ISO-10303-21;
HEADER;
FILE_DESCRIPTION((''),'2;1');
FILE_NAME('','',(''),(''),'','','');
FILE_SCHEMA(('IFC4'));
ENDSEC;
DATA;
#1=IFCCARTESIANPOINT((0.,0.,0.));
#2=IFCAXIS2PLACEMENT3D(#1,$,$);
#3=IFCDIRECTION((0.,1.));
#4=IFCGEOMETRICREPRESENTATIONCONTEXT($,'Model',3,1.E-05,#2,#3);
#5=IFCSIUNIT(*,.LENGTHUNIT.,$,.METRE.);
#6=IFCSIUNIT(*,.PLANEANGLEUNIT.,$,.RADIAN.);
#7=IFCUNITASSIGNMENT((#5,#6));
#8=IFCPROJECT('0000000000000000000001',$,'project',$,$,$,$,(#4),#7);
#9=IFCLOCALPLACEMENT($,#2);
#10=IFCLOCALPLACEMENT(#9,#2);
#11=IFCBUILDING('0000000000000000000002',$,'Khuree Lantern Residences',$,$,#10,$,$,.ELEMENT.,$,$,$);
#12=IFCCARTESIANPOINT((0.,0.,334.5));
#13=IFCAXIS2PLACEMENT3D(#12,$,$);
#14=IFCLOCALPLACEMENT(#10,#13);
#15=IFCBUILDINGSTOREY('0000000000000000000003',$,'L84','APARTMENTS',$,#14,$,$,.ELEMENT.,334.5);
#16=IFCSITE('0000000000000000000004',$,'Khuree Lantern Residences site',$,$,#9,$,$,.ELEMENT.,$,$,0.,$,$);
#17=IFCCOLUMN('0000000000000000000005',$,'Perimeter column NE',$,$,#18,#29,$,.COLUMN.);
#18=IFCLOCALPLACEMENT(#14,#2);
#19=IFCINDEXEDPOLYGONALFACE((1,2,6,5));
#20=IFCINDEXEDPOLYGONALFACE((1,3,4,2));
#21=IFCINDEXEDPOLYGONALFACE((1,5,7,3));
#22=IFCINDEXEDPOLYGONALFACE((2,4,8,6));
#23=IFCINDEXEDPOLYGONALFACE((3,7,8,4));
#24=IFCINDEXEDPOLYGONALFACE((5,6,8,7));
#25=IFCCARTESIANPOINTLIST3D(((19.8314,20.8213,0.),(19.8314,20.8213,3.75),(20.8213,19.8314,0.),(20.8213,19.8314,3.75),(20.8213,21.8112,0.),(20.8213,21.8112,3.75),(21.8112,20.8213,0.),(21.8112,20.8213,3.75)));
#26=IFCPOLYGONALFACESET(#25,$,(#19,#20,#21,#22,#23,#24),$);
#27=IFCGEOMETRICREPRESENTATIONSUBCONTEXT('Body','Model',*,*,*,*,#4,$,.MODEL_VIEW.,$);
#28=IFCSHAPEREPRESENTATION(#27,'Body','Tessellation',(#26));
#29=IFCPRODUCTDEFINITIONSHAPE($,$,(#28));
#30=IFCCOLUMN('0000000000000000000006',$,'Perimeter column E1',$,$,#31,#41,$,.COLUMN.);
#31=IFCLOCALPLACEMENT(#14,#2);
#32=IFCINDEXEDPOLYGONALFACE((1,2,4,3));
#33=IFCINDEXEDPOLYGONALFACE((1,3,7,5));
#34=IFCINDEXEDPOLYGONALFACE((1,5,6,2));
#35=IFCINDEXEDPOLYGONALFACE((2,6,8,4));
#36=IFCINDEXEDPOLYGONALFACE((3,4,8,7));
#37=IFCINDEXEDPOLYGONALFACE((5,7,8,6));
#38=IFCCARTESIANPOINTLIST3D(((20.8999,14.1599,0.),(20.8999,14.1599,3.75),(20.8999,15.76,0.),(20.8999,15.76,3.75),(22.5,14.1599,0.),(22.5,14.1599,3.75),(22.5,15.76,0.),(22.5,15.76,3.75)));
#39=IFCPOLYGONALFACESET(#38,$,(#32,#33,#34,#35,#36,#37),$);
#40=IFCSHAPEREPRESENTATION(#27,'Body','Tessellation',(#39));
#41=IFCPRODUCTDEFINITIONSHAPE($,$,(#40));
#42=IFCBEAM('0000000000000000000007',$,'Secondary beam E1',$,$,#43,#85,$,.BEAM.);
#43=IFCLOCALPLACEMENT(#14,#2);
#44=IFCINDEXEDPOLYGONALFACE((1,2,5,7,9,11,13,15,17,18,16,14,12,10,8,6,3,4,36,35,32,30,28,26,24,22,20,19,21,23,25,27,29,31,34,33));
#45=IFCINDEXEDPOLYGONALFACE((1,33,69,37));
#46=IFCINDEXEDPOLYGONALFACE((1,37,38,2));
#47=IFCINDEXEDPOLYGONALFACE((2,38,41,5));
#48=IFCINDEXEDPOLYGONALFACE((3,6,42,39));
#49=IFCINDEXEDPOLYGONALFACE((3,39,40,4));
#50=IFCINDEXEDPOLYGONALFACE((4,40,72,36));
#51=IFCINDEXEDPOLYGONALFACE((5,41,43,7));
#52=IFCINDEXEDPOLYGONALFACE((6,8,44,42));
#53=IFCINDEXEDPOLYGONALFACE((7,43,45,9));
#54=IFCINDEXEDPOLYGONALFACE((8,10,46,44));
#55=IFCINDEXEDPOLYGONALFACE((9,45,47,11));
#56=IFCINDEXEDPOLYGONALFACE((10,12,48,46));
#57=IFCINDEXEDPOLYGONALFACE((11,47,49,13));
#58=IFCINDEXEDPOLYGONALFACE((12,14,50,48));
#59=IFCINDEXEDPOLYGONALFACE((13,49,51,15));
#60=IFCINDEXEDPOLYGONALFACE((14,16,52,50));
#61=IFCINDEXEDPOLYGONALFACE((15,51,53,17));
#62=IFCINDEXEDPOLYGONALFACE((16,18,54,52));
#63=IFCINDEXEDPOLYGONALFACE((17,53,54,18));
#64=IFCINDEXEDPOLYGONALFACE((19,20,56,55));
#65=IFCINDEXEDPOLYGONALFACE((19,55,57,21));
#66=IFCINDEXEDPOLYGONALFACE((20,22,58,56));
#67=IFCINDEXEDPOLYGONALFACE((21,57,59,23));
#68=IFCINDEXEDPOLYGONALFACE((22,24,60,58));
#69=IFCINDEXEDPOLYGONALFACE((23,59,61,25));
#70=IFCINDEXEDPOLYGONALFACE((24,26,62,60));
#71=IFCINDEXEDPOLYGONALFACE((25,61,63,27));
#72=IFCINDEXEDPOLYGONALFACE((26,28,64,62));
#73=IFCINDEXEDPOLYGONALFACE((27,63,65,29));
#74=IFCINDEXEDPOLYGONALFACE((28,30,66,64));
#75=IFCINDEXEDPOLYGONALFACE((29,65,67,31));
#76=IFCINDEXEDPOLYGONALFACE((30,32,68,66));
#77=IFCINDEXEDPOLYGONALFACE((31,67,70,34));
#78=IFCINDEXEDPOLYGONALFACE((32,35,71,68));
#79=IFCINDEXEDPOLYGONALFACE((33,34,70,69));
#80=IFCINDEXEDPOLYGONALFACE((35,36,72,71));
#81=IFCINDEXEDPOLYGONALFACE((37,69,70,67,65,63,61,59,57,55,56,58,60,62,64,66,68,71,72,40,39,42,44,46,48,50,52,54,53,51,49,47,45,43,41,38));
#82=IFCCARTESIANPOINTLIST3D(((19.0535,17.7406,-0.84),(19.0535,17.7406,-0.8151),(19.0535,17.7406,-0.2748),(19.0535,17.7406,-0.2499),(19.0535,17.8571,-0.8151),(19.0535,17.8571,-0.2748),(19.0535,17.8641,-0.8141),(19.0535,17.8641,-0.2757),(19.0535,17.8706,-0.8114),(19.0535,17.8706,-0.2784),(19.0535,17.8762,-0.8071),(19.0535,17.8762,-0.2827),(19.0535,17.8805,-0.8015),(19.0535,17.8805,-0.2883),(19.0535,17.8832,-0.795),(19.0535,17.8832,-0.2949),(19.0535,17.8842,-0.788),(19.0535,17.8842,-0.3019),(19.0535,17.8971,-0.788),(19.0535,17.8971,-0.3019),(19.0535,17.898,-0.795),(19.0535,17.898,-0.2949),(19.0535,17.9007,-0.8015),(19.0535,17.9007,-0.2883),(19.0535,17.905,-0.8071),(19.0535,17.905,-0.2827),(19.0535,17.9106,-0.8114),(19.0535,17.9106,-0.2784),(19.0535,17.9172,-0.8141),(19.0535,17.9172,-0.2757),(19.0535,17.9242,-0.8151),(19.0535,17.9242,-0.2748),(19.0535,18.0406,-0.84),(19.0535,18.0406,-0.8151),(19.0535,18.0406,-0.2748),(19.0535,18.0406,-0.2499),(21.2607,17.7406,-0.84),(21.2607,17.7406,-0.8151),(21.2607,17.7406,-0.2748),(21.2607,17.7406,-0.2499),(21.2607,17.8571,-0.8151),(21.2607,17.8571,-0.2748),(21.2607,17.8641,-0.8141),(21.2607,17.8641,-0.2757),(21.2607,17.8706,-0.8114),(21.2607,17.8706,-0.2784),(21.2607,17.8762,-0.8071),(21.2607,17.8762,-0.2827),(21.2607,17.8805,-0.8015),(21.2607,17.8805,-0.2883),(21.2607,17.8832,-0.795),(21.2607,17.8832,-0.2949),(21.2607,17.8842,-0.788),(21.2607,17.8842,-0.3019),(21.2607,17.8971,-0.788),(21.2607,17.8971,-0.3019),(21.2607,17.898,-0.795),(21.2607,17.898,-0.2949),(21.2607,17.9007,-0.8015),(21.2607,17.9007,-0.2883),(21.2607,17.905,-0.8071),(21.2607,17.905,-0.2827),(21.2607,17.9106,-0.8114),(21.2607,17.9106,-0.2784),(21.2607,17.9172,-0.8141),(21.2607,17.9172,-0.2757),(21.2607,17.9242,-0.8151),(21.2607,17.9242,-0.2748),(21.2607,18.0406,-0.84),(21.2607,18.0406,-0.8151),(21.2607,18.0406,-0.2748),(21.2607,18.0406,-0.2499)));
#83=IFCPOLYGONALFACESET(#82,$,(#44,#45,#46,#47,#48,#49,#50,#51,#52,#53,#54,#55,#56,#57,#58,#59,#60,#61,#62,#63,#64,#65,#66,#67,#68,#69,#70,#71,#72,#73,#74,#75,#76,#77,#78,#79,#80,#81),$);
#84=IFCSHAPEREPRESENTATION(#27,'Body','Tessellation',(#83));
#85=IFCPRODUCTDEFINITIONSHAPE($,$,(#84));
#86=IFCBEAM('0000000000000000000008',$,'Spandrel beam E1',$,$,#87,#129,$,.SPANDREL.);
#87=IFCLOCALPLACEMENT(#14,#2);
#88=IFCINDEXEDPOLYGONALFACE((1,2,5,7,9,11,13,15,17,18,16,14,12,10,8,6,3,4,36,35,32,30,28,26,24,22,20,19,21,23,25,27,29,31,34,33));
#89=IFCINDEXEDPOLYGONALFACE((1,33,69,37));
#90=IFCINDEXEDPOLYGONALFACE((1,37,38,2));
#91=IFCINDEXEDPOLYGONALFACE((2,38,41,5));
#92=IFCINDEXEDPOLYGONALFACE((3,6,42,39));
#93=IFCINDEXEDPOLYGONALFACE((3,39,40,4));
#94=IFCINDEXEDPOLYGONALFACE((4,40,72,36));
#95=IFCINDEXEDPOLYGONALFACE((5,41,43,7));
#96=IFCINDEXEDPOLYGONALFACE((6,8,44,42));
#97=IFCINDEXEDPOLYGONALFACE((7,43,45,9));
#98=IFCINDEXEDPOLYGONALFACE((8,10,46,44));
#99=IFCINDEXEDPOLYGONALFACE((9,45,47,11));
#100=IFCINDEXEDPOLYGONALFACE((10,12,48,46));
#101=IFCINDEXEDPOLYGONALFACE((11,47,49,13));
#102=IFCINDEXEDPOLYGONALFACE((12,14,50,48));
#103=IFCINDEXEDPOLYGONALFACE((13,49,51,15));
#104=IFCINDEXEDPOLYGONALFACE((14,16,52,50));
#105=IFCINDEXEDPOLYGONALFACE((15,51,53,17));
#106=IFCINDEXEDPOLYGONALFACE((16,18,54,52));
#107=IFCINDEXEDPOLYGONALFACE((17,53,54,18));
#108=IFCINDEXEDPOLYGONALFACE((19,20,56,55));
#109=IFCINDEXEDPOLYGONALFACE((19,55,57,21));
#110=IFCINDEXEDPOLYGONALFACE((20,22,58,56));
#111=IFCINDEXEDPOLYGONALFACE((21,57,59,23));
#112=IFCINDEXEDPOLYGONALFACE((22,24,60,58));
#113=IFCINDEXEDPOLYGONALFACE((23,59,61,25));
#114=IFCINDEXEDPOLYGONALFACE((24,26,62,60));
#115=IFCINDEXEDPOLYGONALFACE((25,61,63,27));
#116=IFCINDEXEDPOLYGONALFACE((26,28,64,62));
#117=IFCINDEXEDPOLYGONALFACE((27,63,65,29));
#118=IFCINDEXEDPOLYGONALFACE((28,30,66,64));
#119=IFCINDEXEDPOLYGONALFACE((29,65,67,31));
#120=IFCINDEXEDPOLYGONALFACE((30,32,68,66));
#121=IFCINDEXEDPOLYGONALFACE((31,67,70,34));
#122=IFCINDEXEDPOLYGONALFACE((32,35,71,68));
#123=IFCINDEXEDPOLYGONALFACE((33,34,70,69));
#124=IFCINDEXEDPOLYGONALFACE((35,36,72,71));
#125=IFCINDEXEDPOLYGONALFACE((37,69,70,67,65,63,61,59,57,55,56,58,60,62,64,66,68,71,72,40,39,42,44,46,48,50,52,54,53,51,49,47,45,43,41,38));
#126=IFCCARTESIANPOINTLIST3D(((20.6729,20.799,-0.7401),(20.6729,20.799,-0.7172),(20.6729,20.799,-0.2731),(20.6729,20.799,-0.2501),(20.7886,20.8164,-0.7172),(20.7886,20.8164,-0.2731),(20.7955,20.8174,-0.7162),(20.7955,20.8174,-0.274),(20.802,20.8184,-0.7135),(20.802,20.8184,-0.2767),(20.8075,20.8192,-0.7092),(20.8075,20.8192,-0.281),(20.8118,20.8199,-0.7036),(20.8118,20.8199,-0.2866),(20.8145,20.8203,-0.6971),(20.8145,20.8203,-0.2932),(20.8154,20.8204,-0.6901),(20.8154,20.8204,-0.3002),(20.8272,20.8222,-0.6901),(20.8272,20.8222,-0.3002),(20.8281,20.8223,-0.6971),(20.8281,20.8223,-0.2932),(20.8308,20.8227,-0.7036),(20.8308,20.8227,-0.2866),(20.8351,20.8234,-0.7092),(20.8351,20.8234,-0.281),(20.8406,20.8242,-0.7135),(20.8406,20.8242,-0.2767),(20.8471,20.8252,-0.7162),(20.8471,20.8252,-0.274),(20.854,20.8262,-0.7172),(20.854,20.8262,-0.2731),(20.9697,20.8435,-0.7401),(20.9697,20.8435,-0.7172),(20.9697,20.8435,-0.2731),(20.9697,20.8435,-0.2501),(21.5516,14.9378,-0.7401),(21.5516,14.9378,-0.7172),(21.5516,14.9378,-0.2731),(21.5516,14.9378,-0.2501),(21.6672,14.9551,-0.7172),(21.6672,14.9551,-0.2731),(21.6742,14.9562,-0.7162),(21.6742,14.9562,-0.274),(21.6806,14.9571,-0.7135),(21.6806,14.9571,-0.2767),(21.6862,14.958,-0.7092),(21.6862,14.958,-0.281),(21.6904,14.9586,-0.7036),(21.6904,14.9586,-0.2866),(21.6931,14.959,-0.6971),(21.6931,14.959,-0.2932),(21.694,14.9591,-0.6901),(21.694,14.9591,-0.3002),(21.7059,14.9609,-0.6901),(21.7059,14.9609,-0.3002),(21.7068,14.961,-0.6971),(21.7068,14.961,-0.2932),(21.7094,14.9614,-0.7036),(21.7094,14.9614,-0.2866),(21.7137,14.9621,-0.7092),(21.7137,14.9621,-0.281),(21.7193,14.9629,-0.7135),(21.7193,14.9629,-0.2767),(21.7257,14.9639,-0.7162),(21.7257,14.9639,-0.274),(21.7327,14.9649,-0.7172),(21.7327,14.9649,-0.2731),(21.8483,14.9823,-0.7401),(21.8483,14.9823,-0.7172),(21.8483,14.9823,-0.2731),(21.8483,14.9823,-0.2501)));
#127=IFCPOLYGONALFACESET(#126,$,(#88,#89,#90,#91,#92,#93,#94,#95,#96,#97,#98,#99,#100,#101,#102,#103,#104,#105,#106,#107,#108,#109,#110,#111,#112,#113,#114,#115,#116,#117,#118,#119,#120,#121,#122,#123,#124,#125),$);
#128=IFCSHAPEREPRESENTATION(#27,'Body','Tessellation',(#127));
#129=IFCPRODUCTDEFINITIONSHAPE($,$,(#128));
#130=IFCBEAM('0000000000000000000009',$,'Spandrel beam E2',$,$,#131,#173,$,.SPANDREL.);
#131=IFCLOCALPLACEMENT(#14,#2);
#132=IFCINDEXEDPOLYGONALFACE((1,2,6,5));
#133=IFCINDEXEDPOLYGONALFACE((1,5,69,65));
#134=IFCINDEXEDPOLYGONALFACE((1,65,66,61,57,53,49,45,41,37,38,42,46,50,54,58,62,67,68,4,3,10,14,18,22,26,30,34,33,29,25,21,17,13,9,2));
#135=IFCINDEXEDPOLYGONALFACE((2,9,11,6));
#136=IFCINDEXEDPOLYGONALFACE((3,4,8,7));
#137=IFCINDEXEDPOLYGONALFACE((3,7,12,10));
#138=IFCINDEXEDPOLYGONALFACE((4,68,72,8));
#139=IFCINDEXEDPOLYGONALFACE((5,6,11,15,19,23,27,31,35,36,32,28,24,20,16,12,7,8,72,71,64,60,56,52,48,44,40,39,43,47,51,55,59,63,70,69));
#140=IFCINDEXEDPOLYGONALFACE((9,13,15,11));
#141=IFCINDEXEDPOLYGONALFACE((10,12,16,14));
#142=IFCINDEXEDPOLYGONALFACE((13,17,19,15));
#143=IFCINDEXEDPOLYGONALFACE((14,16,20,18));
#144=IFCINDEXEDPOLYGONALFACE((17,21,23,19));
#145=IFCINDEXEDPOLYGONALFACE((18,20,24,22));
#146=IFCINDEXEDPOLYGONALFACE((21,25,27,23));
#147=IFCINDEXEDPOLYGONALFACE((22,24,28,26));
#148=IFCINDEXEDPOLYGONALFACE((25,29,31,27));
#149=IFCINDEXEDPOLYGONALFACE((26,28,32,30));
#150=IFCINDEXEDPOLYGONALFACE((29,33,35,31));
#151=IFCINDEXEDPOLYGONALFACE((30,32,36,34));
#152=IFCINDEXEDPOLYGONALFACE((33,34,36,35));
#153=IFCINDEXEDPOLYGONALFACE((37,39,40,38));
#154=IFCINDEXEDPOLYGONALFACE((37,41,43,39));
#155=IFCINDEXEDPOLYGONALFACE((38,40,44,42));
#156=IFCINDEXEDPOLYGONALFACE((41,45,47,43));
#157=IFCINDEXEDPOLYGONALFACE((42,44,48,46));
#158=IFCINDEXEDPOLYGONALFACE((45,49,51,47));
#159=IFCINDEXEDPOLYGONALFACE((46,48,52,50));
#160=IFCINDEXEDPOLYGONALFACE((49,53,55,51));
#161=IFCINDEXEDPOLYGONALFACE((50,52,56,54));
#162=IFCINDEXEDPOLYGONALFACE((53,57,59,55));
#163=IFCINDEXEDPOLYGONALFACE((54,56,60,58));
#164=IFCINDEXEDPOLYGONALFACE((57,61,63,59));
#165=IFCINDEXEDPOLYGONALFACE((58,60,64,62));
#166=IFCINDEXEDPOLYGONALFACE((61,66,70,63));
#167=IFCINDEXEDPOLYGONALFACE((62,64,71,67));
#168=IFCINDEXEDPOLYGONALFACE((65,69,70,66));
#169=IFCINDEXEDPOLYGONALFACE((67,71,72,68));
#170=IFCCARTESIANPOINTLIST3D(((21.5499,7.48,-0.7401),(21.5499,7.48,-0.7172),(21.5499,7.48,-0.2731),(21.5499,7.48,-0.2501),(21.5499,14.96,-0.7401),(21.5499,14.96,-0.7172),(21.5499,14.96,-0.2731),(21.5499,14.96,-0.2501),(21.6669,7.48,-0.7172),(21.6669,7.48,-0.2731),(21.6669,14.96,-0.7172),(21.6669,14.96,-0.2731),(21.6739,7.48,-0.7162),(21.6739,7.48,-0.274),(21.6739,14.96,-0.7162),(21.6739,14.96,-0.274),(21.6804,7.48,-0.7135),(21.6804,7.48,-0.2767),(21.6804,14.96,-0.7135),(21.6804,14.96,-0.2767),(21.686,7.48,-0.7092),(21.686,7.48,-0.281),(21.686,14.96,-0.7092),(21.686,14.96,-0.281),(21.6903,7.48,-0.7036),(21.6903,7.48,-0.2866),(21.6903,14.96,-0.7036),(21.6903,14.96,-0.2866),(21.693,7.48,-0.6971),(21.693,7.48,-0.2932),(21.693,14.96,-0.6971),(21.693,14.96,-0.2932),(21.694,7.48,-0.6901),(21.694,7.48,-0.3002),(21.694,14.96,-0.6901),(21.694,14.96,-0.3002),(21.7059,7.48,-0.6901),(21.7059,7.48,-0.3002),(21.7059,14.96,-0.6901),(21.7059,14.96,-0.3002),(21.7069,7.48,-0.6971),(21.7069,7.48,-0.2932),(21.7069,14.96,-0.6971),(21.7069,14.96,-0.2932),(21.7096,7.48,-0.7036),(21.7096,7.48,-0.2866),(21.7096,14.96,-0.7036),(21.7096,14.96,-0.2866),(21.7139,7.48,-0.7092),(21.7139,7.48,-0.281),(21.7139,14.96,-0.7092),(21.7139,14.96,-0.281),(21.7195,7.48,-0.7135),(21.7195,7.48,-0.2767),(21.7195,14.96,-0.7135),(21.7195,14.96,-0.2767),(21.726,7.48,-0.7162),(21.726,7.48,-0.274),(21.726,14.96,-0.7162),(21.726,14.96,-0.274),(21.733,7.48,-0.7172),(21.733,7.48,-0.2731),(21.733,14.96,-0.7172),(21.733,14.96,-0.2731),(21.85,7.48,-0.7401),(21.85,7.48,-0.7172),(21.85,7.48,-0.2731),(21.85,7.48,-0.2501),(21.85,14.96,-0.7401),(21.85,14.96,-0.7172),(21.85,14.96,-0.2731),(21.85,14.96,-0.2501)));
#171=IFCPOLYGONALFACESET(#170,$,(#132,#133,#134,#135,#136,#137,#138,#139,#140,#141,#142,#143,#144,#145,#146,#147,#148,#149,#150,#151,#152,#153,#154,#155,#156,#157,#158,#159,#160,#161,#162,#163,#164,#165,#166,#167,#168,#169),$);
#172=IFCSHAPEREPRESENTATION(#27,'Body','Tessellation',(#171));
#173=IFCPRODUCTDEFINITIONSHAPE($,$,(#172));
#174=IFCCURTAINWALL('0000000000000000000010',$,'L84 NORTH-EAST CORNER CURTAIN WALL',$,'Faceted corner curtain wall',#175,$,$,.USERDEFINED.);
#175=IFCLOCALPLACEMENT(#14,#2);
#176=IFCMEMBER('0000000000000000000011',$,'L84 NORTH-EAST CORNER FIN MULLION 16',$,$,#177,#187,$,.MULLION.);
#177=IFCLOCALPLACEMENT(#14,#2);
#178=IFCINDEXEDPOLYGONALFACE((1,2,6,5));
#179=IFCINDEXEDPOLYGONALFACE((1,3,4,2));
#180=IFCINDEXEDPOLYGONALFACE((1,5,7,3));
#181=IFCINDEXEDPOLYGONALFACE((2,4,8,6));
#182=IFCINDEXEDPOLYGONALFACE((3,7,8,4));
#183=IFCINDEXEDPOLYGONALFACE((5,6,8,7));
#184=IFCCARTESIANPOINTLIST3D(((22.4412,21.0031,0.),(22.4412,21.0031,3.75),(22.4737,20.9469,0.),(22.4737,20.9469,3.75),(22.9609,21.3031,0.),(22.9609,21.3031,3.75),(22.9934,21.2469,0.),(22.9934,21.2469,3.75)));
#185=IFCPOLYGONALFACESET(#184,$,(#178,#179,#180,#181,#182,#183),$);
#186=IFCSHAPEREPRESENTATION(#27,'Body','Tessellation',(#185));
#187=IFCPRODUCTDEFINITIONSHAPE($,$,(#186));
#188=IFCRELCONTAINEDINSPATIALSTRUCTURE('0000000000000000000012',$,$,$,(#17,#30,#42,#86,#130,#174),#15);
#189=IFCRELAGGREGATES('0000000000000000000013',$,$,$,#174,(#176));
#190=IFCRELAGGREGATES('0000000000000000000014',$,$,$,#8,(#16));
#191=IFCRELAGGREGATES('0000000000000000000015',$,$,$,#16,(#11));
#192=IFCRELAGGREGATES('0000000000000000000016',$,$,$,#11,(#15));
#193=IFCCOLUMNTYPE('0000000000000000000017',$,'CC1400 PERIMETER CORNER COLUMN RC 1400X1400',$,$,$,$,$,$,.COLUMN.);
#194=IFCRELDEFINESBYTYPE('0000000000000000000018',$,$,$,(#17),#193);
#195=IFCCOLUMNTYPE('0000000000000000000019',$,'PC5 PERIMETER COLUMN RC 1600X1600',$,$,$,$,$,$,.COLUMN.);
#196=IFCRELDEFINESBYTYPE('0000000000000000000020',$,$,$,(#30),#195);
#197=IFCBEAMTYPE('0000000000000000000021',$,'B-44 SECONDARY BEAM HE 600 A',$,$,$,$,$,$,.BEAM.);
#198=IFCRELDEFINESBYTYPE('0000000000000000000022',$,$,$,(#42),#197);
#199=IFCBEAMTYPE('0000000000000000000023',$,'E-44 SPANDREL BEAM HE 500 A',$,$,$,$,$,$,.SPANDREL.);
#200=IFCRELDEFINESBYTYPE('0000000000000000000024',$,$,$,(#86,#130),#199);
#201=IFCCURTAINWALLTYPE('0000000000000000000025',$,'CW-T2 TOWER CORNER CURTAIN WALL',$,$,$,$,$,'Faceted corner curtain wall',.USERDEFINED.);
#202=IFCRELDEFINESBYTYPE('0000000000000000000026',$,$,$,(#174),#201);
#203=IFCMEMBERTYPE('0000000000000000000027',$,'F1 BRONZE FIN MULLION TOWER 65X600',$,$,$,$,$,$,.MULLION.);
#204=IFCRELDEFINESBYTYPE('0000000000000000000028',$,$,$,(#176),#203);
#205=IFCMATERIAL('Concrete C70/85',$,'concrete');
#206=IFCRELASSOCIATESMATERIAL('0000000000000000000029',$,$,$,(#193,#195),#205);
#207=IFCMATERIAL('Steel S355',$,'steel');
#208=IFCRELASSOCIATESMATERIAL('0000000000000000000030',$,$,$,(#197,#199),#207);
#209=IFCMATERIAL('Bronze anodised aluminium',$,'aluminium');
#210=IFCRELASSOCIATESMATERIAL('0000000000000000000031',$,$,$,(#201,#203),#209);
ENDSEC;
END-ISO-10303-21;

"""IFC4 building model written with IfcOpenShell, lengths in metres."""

from ifc_helpers import new_model, si_unit, direction, frame, origin, origin_2d, place, context, subcontext, project, spatial, rectangle, i_section, extrude, material, material_profile, profile_set, type_object, element, aggregate, save


model = new_model("IFC4")

# Units and contexts
model_context = context("Model", 3, precision=1e-05, world=origin(), true_north=direction((0.0, 1.0)))
body_context = subcontext(model_context, "Body", "Model", "MODEL_VIEW")
ifc_project = project(units=[si_unit("LENGTHUNIT", "METRE"), si_unit("PLANEANGLEUNIT", "RADIAN")], contexts=[model_context])

# Site, building, storey
site_placement = place(None, origin())
site = spatial("IfcSite", under=ifc_project, at=site_placement, Name="Khuree Lantern Residences site", CompositionType="ELEMENT", RefElevation=0.0)
building_placement = place(site_placement, origin())
building = spatial("IfcBuilding", under=site, at=building_placement, Name="Khuree Lantern Residences", CompositionType="ELEMENT")
storey_placement = place(building_placement, frame((0.0, 0.0, 334.5)))
storey = spatial("IfcBuildingStorey", under=building, at=storey_placement, Name="L84", Description="APARTMENTS", CompositionType="ELEMENT", Elevation=334.5)

# Columns
ifc_material_1 = material(Name="Concrete C70/85", Category="concrete")
ifc_material_profile_1 = material_profile(ifc_material_1, rectangle(XDim=1.3999, YDim=1.3999, at=origin_2d()), Name="RC 1400X1400")
ifc_profile_set_1 = profile_set([ifc_material_profile_1], Name="Concrete C70/85")
column_type_1 = type_object("IfcColumnType", Name="CC1400 PERIMETER CORNER COLUMN RC 1400X1400", PredefinedType="COLUMN", material=ifc_profile_set_1)
column_1_placement = place(storey_placement, frame((20.8213, 20.8213, 0.0), z_axis=(0.0, 0.0, 1.0), x_axis=(0.707107, -0.707107, 0.0)))
element("IfcColumn", 1, at=column_1_placement, inside=storey, type_object=column_type_1, Name="Perimeter column NE", PredefinedType="COLUMN", context=body_context, shape_type="SweptSolid", body=[
    extrude(rectangle(XDim=1.3999, YDim=1.3999, at=origin_2d()), origin(), (0.0, 0.0, 1.0), 3.75),
])
ifc_material_profile_2 = material_profile(ifc_material_1, rectangle(XDim=1.6001, YDim=1.6001, at=origin_2d()), Name="RC 1600X1600")
ifc_profile_set_2 = profile_set([ifc_material_profile_2], Name="Concrete C70/85")
column_type_2 = type_object("IfcColumnType", Name="PC5 PERIMETER COLUMN RC 1600X1600", PredefinedType="COLUMN", material=ifc_profile_set_2)
column_2_placement = place(storey_placement, frame((21.7, 14.96, 0.0), z_axis=(0.0, 0.0, 1.0), x_axis=(0.0, 1.0, 0.0)))
element("IfcColumn", 2, at=column_2_placement, inside=storey, type_object=column_type_2, Name="Perimeter column E1", PredefinedType="COLUMN", context=body_context, shape_type="SweptSolid", body=[
    extrude(rectangle(XDim=1.6001, YDim=1.6001, at=origin_2d()), origin(), (0.0, 0.0, 1.0), 3.75),
])

# Beams
ifc_material_2 = material(Name="Steel S355", Category="steel")
ifc_material_profile_3 = material_profile(ifc_material_2, i_section(OverallWidth=0.3, OverallDepth=0.5901, WebThickness=0.0129, FlangeThickness=0.0249, FilletRadius=0.0271, at=origin_2d()), Name="HE 600 A")
ifc_profile_set_3 = profile_set([ifc_material_profile_3], Name="Steel S355")
beam_type_1 = type_object("IfcBeamType", Name="B-44 SECONDARY BEAM HE 600 A", PredefinedType="BEAM", material=ifc_profile_set_3)
beam_1_placement = place(storey_placement, frame((21.2607, 17.8906, -0.5449), z_axis=(-1.0, 0.0, 0.0), x_axis=(0.0, -1.0, 0.0)))
element("IfcBeam", 3, at=beam_1_placement, inside=storey, type_object=beam_type_1, Name="Secondary beam E1", PredefinedType="BEAM", context=body_context, shape_type="SweptSolid", body=[
    extrude(i_section(OverallWidth=0.3, OverallDepth=0.5901, WebThickness=0.0129, FlangeThickness=0.0249, FilletRadius=0.0271, at=origin_2d()), origin(), (0.0, 0.0, 1.0), 2.2073),
])
ifc_material_profile_4 = material_profile(ifc_material_2, i_section(OverallWidth=0.3, OverallDepth=0.49, WebThickness=0.012, FlangeThickness=0.0229, FilletRadius=0.0271, at=origin_2d()), Name="HE 500 A")
ifc_profile_set_4 = profile_set([ifc_material_profile_4], Name="Steel S355")
beam_type_2 = type_object("IfcBeamType", Name="E-44 SPANDREL BEAM HE 500 A", PredefinedType="SPANDREL", material=ifc_profile_set_4)
beam_2_placement = place(storey_placement, frame((20.8213, 20.8213, -0.4951), z_axis=(0.148252, -0.98895, 0.0), x_axis=(0.98895, 0.148252, 0.0)))
element("IfcBeam", 4, at=beam_2_placement, inside=storey, type_object=beam_type_2, Name="Spandrel beam E1", PredefinedType="SPANDREL", context=body_context, shape_type="SweptSolid", body=[
    extrude(i_section(OverallWidth=0.3, OverallDepth=0.49, WebThickness=0.012, FlangeThickness=0.0229, FilletRadius=0.0271, at=origin_2d()), origin(), (0.0, 0.0, 1.0), 5.9268),
])
beam_3_placement = place(storey_placement, frame((21.7, 14.96, -0.4951), z_axis=(0.0, -1.0, 0.0), x_axis=(1.0, 0.0, 0.0)))
element("IfcBeam", 5, at=beam_3_placement, inside=storey, type_object=beam_type_2, Name="Spandrel beam E2", PredefinedType="SPANDREL", context=body_context, shape_type="SweptSolid", body=[
    extrude(i_section(OverallWidth=0.3, OverallDepth=0.49, WebThickness=0.012, FlangeThickness=0.0229, FilletRadius=0.0271, at=origin_2d()), origin(), (0.0, 0.0, 1.0), 7.48),
])

# Curtain wall, member
ifc_material_3 = material(Name="Bronze anodised aluminium", Category="aluminium")
curtain_wall_type_1 = type_object("IfcCurtainWallType", Name="CW-T2 TOWER CORNER CURTAIN WALL", ElementType="Faceted corner curtain wall", PredefinedType="USERDEFINED", material=ifc_material_3)
curtain_wall_1_placement = place(storey_placement, origin())
curtain_wall_1 = element("IfcCurtainWall", 6, at=curtain_wall_1_placement, inside=storey, type_object=curtain_wall_type_1, Name="L84 NORTH-EAST CORNER CURTAIN WALL", ObjectType="Faceted corner curtain wall", PredefinedType="USERDEFINED")
ifc_material_profile_5 = material_profile(ifc_material_3, rectangle(XDim=0.0649, YDim=0.6001, at=origin_2d()), Name="F1 65X600")
ifc_profile_set_5 = profile_set([ifc_material_profile_5], Name="Bronze anodised aluminium")
member_type_1 = type_object("IfcMemberType", Name="F1 BRONZE FIN MULLION TOWER 65X600", PredefinedType="MULLION", material=ifc_profile_set_5)
member_1_placement = place(storey_placement, frame((22.7173, 21.125, 0.0), z_axis=(0.0, 0.0, 1.0), x_axis=(-0.5, 0.866025, 0.0)))
member_1 = element("IfcMember", 7, at=member_1_placement, type_object=member_type_1, Name="L84 NORTH-EAST CORNER FIN MULLION 16", PredefinedType="MULLION", context=body_context, shape_type="SweptSolid", body=[
    extrude(rectangle(XDim=0.0649, YDim=0.6001, at=origin_2d()), origin(), (0.0, 0.0, 1.0), 3.75),
])

aggregate(curtain_wall_1, [member_1])

save(model, "model.ifc")
